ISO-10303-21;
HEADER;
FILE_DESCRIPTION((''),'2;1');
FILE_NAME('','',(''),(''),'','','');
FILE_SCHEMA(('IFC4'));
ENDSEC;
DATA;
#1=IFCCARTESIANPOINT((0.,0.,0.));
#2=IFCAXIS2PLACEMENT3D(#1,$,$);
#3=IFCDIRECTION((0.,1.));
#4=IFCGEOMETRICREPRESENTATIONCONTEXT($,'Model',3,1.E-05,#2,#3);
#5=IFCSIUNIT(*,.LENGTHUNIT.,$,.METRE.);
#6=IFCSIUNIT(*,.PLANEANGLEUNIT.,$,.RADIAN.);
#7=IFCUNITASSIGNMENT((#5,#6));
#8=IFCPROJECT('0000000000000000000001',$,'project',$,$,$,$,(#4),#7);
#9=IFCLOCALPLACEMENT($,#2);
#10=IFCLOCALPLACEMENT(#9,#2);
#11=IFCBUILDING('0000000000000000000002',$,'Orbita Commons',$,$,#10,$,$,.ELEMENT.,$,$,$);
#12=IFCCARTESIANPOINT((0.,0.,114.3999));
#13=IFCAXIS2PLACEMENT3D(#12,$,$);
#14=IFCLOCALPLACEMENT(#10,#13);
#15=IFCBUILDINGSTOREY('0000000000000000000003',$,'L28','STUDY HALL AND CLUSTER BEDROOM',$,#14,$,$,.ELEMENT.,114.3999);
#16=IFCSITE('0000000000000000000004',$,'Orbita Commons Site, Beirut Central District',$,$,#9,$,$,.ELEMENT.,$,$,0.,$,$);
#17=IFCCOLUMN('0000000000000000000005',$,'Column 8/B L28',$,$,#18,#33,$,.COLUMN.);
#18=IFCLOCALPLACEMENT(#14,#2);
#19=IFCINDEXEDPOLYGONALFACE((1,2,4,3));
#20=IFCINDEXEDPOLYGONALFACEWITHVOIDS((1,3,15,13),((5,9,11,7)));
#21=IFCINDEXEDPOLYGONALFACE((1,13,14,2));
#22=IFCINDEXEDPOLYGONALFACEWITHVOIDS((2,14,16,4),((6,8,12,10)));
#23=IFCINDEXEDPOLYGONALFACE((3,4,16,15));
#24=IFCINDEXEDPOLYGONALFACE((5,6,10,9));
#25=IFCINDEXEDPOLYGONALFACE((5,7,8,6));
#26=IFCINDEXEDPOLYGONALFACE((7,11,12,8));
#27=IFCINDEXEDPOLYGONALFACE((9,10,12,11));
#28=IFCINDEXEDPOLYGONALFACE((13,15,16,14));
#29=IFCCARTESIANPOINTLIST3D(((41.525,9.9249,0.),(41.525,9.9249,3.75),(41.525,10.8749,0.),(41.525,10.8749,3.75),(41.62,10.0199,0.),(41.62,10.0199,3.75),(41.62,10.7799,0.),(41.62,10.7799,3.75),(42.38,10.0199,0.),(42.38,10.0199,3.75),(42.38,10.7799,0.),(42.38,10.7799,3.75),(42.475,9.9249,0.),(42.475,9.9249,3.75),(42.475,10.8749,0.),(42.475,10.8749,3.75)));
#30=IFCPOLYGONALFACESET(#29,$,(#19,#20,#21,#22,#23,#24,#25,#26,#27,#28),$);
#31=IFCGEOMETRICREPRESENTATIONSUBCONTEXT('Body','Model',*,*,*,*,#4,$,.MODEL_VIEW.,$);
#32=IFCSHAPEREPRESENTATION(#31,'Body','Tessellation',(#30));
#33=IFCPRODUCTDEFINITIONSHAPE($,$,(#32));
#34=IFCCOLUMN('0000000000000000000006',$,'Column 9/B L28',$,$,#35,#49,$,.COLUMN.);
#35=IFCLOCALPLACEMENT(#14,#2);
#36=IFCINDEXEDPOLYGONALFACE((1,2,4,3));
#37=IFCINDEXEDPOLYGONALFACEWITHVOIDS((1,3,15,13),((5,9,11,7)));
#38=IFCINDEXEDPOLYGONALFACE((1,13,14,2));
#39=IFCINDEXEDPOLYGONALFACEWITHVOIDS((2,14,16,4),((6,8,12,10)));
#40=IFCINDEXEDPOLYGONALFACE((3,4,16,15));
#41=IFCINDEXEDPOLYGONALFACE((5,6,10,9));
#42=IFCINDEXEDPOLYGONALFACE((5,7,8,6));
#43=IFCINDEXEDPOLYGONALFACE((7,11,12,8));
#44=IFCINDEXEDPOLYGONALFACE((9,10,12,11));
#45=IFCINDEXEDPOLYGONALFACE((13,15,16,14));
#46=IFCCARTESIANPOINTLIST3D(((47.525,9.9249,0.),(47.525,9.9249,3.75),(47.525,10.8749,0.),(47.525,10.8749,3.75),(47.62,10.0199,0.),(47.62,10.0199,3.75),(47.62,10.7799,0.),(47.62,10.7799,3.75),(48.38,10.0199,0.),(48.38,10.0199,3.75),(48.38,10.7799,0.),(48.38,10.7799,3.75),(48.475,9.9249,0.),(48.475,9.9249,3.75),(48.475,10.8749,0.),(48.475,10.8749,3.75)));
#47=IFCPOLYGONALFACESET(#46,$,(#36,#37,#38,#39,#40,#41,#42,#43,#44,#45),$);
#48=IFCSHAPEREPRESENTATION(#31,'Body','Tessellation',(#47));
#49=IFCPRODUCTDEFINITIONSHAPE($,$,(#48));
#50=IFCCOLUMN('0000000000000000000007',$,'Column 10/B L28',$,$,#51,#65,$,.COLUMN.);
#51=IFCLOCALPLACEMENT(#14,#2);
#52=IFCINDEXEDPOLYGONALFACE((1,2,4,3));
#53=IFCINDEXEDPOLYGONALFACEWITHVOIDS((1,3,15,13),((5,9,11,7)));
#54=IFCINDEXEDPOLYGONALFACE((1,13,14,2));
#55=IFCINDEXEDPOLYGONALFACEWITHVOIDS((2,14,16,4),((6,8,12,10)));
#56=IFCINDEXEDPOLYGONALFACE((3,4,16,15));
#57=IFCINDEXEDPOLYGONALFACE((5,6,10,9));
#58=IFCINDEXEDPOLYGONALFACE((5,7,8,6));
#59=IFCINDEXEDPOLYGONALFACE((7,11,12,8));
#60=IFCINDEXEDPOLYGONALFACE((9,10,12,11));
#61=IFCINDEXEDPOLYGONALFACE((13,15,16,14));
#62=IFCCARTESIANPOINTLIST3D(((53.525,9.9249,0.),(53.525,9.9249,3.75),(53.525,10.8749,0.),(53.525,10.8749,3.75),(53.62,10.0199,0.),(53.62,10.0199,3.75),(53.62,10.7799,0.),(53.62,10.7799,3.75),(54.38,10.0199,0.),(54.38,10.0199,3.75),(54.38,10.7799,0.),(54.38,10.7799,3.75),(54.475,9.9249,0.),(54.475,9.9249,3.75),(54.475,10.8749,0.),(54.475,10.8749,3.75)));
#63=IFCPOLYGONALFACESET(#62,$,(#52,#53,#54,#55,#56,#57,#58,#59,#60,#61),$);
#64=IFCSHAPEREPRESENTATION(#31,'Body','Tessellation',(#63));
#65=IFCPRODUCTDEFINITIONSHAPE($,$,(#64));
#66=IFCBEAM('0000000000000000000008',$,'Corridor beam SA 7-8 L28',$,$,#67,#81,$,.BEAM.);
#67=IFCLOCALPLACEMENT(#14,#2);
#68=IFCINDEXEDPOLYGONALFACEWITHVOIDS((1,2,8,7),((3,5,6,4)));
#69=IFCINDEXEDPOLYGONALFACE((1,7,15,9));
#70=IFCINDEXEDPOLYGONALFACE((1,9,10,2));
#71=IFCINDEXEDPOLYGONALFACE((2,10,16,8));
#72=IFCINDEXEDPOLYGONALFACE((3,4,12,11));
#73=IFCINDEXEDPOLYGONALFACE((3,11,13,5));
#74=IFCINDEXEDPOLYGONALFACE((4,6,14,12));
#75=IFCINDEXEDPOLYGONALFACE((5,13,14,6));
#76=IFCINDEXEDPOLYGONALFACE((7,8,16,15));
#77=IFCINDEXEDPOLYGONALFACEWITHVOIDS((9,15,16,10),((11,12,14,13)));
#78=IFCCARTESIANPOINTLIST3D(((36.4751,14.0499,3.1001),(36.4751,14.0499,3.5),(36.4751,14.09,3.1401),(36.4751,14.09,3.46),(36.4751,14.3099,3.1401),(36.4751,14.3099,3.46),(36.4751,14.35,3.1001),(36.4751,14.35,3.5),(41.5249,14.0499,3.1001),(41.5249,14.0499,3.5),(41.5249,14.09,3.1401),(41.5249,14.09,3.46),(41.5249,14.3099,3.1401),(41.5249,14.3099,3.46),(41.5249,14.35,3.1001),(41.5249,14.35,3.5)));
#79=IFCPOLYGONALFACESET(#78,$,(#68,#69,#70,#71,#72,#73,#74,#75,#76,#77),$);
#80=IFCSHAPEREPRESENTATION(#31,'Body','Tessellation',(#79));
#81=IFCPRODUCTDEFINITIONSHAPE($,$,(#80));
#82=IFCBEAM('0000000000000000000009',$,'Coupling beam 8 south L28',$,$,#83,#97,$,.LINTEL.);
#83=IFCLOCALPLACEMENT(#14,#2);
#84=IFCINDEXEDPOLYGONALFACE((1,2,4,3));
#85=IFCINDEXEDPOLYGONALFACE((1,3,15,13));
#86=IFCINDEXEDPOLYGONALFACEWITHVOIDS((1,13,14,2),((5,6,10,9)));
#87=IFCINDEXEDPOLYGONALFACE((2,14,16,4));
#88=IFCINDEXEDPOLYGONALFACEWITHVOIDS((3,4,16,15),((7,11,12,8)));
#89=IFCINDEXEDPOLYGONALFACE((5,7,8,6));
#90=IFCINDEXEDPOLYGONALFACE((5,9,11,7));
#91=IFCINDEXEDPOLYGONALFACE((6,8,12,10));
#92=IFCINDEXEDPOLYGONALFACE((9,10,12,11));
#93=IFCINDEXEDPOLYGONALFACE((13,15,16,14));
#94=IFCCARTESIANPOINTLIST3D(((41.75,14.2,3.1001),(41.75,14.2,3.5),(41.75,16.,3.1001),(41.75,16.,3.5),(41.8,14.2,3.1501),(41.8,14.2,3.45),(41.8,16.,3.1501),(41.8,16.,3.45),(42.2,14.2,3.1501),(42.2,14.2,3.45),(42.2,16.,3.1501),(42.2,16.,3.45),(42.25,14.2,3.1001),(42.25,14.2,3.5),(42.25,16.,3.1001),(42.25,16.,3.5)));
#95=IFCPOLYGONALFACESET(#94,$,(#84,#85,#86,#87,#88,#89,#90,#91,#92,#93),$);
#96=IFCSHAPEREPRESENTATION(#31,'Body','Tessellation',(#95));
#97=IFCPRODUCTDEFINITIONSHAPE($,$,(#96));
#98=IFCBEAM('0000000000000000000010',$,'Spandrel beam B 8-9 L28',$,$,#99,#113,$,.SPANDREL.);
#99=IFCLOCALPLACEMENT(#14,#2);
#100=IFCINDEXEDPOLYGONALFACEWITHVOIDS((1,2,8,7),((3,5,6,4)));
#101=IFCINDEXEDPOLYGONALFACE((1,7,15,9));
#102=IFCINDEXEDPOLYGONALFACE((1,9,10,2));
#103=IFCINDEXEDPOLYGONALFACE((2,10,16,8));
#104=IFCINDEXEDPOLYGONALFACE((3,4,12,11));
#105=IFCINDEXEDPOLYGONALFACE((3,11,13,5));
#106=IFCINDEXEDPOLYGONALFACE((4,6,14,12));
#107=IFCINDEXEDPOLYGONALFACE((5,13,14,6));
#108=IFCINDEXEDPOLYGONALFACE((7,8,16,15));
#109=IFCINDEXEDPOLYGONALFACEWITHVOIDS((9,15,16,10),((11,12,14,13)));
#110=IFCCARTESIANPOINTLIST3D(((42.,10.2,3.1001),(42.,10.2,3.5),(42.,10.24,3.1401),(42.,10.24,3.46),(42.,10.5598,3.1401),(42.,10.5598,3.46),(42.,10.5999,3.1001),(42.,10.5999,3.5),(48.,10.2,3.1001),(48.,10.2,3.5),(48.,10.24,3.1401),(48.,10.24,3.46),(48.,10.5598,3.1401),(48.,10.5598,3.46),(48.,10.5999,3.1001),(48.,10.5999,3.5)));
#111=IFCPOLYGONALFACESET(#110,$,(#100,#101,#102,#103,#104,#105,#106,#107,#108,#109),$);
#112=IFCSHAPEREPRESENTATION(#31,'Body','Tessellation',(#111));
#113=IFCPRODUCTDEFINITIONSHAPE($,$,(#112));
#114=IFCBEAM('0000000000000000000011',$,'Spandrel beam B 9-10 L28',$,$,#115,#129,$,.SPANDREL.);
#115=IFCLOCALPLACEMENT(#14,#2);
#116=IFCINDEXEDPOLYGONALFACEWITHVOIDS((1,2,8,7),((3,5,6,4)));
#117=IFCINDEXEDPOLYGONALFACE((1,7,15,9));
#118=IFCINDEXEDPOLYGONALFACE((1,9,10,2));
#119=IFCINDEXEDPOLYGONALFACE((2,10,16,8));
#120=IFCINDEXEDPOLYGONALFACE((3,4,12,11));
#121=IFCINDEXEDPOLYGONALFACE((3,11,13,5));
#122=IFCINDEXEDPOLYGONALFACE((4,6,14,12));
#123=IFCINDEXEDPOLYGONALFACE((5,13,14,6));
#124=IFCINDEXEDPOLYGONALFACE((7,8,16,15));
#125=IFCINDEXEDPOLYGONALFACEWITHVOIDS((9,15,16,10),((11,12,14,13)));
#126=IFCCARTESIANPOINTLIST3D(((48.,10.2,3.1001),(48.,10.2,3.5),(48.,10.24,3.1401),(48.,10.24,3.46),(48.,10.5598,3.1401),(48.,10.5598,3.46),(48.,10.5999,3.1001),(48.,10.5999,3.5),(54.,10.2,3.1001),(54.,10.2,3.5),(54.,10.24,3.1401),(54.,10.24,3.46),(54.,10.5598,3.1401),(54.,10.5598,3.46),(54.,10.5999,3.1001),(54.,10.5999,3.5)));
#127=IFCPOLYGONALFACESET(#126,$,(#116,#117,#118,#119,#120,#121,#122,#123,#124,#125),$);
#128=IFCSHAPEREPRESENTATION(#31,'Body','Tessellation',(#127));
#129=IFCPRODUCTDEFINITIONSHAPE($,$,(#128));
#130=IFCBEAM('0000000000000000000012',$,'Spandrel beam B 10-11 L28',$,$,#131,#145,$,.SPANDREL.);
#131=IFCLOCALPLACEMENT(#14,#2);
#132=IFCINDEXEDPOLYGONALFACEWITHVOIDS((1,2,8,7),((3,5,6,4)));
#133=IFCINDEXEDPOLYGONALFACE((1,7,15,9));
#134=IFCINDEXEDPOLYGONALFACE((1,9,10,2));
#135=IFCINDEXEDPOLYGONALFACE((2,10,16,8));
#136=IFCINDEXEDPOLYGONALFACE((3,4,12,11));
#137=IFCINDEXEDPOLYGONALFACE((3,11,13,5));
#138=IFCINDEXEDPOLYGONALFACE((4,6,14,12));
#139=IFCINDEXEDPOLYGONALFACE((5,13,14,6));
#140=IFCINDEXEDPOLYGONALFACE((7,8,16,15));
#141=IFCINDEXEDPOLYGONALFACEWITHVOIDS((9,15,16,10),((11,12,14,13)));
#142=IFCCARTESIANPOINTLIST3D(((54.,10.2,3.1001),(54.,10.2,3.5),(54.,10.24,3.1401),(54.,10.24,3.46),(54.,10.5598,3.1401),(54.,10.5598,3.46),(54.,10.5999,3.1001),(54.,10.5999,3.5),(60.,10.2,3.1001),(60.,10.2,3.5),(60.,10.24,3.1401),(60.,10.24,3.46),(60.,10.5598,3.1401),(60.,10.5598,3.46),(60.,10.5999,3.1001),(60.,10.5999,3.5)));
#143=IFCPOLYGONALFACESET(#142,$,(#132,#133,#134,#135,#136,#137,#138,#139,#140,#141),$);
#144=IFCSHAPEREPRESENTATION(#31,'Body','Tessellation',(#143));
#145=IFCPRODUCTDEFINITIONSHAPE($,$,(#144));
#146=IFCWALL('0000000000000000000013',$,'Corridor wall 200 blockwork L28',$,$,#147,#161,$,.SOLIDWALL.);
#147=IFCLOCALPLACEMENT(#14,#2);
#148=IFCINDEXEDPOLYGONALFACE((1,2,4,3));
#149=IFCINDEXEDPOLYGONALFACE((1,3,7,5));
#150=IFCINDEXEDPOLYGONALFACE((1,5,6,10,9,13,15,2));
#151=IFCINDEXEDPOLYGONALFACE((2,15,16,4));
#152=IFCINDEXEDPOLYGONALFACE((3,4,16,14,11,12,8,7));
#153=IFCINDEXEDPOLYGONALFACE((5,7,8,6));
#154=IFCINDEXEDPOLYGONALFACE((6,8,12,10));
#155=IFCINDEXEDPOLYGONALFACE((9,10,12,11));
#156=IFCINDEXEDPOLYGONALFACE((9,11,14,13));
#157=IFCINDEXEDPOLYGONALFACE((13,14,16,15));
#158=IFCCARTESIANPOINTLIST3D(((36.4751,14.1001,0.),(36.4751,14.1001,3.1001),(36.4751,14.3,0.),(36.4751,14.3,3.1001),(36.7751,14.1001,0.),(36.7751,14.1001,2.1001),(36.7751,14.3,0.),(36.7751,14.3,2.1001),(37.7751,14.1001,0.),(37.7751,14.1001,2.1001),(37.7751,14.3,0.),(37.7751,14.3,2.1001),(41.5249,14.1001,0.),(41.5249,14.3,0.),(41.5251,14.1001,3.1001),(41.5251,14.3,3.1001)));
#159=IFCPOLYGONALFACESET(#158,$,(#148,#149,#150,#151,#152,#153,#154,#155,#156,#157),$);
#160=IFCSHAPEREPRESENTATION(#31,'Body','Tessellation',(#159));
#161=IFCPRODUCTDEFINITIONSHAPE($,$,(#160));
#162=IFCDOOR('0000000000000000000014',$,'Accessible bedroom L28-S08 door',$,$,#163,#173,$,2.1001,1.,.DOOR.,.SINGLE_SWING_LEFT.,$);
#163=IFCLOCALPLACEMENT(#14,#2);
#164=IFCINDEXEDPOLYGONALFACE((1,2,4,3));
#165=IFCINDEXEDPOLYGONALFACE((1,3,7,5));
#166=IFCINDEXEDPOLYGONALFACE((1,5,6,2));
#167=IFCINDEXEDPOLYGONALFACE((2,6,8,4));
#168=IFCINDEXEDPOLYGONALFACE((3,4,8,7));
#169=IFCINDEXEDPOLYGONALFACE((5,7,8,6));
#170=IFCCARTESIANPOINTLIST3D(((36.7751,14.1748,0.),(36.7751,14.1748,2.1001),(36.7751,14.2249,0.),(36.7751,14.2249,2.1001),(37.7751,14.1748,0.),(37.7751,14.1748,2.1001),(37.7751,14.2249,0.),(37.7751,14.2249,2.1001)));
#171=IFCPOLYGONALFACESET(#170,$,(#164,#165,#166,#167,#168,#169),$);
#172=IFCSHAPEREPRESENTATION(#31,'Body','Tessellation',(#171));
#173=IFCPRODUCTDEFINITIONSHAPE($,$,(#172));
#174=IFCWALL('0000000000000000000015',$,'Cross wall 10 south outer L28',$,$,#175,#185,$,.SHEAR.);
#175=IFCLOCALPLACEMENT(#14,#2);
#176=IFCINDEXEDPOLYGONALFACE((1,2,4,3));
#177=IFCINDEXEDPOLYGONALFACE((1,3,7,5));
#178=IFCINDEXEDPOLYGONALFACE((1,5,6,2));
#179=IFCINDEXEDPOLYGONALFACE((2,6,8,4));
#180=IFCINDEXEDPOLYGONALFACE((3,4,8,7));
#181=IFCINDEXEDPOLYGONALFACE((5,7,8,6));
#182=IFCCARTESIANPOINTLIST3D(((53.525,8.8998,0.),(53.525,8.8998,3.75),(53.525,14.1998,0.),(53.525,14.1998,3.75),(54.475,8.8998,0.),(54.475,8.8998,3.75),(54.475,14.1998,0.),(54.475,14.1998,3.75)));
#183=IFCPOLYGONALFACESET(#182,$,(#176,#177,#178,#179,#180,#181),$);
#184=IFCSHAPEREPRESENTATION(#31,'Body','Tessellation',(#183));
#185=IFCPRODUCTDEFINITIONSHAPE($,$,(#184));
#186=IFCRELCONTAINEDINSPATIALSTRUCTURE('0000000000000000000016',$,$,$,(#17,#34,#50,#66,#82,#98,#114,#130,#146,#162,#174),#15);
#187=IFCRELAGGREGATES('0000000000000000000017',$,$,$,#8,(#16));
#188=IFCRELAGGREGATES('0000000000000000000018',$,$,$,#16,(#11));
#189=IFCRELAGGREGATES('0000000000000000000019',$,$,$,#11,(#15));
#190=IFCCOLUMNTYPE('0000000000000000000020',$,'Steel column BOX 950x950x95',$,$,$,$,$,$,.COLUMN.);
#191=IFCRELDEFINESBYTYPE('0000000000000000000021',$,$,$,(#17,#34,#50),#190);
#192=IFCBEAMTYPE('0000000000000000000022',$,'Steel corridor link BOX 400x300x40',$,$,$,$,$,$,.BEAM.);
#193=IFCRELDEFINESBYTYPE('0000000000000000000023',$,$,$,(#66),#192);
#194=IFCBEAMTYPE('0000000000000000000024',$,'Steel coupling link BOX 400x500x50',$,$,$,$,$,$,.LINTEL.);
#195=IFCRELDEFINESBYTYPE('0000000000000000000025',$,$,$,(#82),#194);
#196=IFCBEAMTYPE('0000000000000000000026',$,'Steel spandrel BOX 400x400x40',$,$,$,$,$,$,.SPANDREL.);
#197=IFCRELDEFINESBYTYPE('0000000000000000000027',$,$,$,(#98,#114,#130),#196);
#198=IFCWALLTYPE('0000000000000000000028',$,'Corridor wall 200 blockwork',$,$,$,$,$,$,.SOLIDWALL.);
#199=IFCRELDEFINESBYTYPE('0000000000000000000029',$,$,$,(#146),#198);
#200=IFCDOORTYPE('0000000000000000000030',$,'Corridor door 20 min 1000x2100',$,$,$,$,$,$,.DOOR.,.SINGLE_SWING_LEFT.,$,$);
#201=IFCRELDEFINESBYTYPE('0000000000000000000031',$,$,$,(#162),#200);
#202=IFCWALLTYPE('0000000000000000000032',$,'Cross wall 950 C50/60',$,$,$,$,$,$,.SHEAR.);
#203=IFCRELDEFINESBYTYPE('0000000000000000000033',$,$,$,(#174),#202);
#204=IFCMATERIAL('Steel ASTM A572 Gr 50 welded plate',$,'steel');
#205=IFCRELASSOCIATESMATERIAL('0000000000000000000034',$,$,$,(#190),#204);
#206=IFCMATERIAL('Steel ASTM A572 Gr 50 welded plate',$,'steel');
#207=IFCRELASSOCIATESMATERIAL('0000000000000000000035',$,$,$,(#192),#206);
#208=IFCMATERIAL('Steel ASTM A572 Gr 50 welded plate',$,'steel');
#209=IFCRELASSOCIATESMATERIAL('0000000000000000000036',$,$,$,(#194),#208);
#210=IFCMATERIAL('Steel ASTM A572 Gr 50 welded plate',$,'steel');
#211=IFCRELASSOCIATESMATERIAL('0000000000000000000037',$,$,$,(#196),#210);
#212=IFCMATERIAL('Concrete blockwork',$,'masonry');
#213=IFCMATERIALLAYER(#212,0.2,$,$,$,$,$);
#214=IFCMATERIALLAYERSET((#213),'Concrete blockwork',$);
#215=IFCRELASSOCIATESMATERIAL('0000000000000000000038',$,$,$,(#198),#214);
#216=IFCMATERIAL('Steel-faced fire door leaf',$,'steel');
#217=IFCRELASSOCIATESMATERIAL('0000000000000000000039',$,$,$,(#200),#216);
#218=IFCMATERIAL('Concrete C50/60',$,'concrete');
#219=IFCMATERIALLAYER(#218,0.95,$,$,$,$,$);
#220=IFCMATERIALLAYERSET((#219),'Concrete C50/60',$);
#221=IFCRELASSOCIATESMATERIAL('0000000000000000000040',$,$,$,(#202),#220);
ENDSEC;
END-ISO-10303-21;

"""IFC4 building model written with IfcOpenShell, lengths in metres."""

from ifc_helpers import new_model, si_unit, direction, frame, frame_2d, origin, origin_2d, place, context, subcontext, project, spatial, polyline, rectangle, hollow_rectangle, outline, extrude, material, layer, layer_set, material_profile, profile_set, type_object, element, fill, save


model = new_model("IFC4")

# Units and contexts
model_context = context("Model", 3, precision=1e-05, world=origin(), true_north=direction((0.0, 1.0)))
body_context = subcontext(model_context, "Body", "Model", "MODEL_VIEW")
ifc_project = project(units=[si_unit("LENGTHUNIT", "METRE"), si_unit("PLANEANGLEUNIT", "RADIAN")], contexts=[model_context])

# Site, building, storey
site_placement = place(None, origin())
site = spatial("IfcSite", under=ifc_project, at=site_placement, Name="Orbita Commons Site, Beirut Central District", CompositionType="ELEMENT", RefElevation=0.0)
building_placement = place(site_placement, origin())
building = spatial("IfcBuilding", under=site, at=building_placement, Name="Orbita Commons", CompositionType="ELEMENT")
storey_placement = place(building_placement, frame((0.0, 0.0, 114.3999)))
storey = spatial("IfcBuildingStorey", under=building, at=storey_placement, Name="L28", Description="STUDY HALL AND CLUSTER BEDROOM", CompositionType="ELEMENT", Elevation=114.3999)

# Columns
ifc_material_1 = material(Name="Steel ASTM A572 Gr 50 welded plate", Category="steel")
ifc_material_profile_1 = material_profile(ifc_material_1, hollow_rectangle(XDim=0.95, YDim=0.95, WallThickness=0.095, at=origin_2d()), Name="BOX 950x950x95")
ifc_profile_set_1 = profile_set([ifc_material_profile_1], Name="Steel ASTM A572 Gr 50 welded plate")
column_type = type_object("IfcColumnType", Name="Steel column BOX 950x950x95", PredefinedType="COLUMN", material=ifc_profile_set_1)
for number, where, z_axis, x_axis, name in (
    (1, (42.0, 10.3999, 0.0), (0.0, 0.0, 1.0), (1.0, 0.0, 0.0), "Column 8/B L28"),
    (2, (48.0, 10.3999, 0.0), (0.0, 0.0, 1.0), (1.0, 0.0, 0.0), "Column 9/B L28"),
    (3, (54.0, 10.3999, 0.0), (0.0, 0.0, 1.0), (1.0, 0.0, 0.0), "Column 10/B L28"),
):
    element("IfcColumn", number, at=place(storey_placement, frame(where, z_axis=z_axis, x_axis=x_axis)), inside=storey, type_object=column_type, Name=name, PredefinedType="COLUMN", context=body_context, shape_type="SweptSolid", body=[
        extrude(hollow_rectangle(XDim=0.95, YDim=0.95, WallThickness=0.095, at=origin_2d()), origin(), (0.0, 0.0, 1.0), 3.75),
    ])

# Beams
ifc_material_2 = material(Name="Steel ASTM A572 Gr 50 welded plate", Category="steel")
ifc_material_profile_2 = material_profile(ifc_material_2, hollow_rectangle(XDim=0.3, YDim=0.3999, WallThickness=0.04, at=origin_2d()), Name="BOX 400x300x40")
ifc_profile_set_2 = profile_set([ifc_material_profile_2], Name="Steel ASTM A572 Gr 50 welded plate")
beam_type_1 = type_object("IfcBeamType", Name="Steel corridor link BOX 400x300x40", PredefinedType="BEAM", material=ifc_profile_set_2)
beam_1_placement = place(storey_placement, frame((36.4751, 14.2, 3.3), z_axis=(1.0, 0.0, 0.0), x_axis=(0.0, 1.0, 0.0)))
element("IfcBeam", 4, at=beam_1_placement, inside=storey, type_object=beam_type_1, Name="Corridor beam SA 7-8 L28", PredefinedType="BEAM", context=body_context, shape_type="SweptSolid", body=[
    extrude(hollow_rectangle(XDim=0.3, YDim=0.3999, WallThickness=0.04, at=origin_2d()), origin(), (0.0, 0.0, 1.0), 5.0498),
])
ifc_material_3 = material(Name="Steel ASTM A572 Gr 50 welded plate", Category="steel")
ifc_material_profile_3 = material_profile(ifc_material_3, hollow_rectangle(XDim=0.5, YDim=0.3999, WallThickness=0.05, at=origin_2d()), Name="BOX 400x500x50")
ifc_profile_set_3 = profile_set([ifc_material_profile_3], Name="Steel ASTM A572 Gr 50 welded plate")
beam_type_2 = type_object("IfcBeamType", Name="Steel coupling link BOX 400x500x50", PredefinedType="LINTEL", material=ifc_profile_set_3)
beam_2_placement = place(storey_placement, frame((42.0, 14.2, 3.3), z_axis=(0.0, 1.0, 0.0), x_axis=(-1.0, 0.0, 0.0)))
element("IfcBeam", 5, at=beam_2_placement, inside=storey, type_object=beam_type_2, Name="Coupling beam 8 south L28", PredefinedType="LINTEL", context=body_context, shape_type="SweptSolid", body=[
    extrude(hollow_rectangle(XDim=0.5, YDim=0.3999, WallThickness=0.05, at=origin_2d()), origin(), (0.0, 0.0, 1.0), 1.8),
])
ifc_material_4 = material(Name="Steel ASTM A572 Gr 50 welded plate", Category="steel")
ifc_material_profile_4 = material_profile(ifc_material_4, hollow_rectangle(XDim=0.3999, YDim=0.3999, WallThickness=0.04, at=origin_2d()), Name="BOX 400x400x40")
ifc_profile_set_4 = profile_set([ifc_material_profile_4], Name="Steel ASTM A572 Gr 50 welded plate")
beam_type_3 = type_object("IfcBeamType", Name="Steel spandrel BOX 400x400x40", PredefinedType="SPANDREL", material=ifc_profile_set_4)
for number, where, z_axis, x_axis, name in (
    (6, (42.0, 10.3999, 3.3), (1.0, 0.0, 0.0), (0.0, 1.0, 0.0), "Spandrel beam B 8-9 L28"),
    (7, (48.0, 10.3999, 3.3), (1.0, 0.0, 0.0), (0.0, 1.0, 0.0), "Spandrel beam B 9-10 L28"),
    (8, (54.0, 10.3999, 3.3), (1.0, 0.0, 0.0), (0.0, 1.0, 0.0), "Spandrel beam B 10-11 L28"),
):
    element("IfcBeam", number, at=place(storey_placement, frame(where, z_axis=z_axis, x_axis=x_axis)), inside=storey, type_object=beam_type_3, Name=name, PredefinedType="SPANDREL", context=body_context, shape_type="SweptSolid", body=[
        extrude(hollow_rectangle(XDim=0.3999, YDim=0.3999, WallThickness=0.04, at=origin_2d()), origin(), (0.0, 0.0, 1.0), 6.0),
    ])

# Wall, opening, door
ifc_material_5 = material(Name="Concrete blockwork", Category="masonry")
ifc_layer_1 = layer(ifc_material_5, 0.2)
ifc_layer_set_1 = layer_set([ifc_layer_1], Name="Concrete blockwork")
wall_type_1 = type_object("IfcWallType", Name="Corridor wall 200 blockwork", PredefinedType="SOLIDWALL", material=ifc_layer_set_1)
wall_1_placement = place(storey_placement, frame((36.4751, 14.2, 0.0), z_axis=(0.0, 0.0, 1.0), x_axis=(1.0, 0.0, 0.0)))
wall_1 = element("IfcWall", 9, at=wall_1_placement, inside=storey, type_object=wall_type_1, Name="Corridor wall 200 blockwork L28", PredefinedType="SOLIDWALL", context=body_context, shape_type="SweptSolid", body=[
    extrude(outline(polyline([(0.0, 0.0), (5.0498, 0.0), (5.05, 3.1001), (0.0, 3.1001), (0.0, 0.0)])), frame((0.0, 0.1001, 0.0), z_axis=(0.0, -1.0, 0.0), x_axis=(1.0, 0.0, 0.0)), (0.0, 0.0, 1.0), 0.2),
])
opening_1_placement = place(wall_1_placement, frame((0.3, 0.0, 0.0)))
opening_1 = element("IfcOpeningElement", 10, at=opening_1_placement, cuts=wall_1, PredefinedType="OPENING", context=body_context, shape_type="SweptSolid", body=[
    extrude(rectangle(XDim=1.0, YDim=2.1001, at=frame_2d((0.5, 1.05))), frame((0.0, 0.1099, 0.0), z_axis=(0.0, -1.0, 0.0), x_axis=(1.0, 0.0, 0.0)), (0.0, 0.0, 1.0), 0.22),
])
ifc_material_6 = material(Name="Steel-faced fire door leaf", Category="steel")
door_type_1 = type_object("IfcDoorType", Name="Corridor door 20 min 1000x2100", OperationType="SINGLE_SWING_LEFT", PredefinedType="DOOR", material=ifc_material_6)
door_1_placement = place(opening_1_placement, origin())
door_1 = element("IfcDoor", 11, at=door_1_placement, inside=storey, type_object=door_type_1, Name="Accessible bedroom L28-S08 door", OperationType="SINGLE_SWING_LEFT", OverallHeight=2.1001, OverallWidth=1.0, PredefinedType="DOOR", context=body_context, shape_type="SweptSolid", body=[
    extrude(rectangle(XDim=1.0, YDim=2.1001, at=frame_2d((0.5, 1.05))), frame((0.0, 0.0249, 0.0), z_axis=(0.0, -1.0, 0.0), x_axis=(1.0, 0.0, 0.0)), (0.0, 0.0, 1.0), 0.05),
])
fill(opening_1, door_1)

# Wall
ifc_material_7 = material(Name="Concrete C50/60", Category="concrete")
ifc_layer_2 = layer(ifc_material_7, 0.95)
ifc_layer_set_2 = layer_set([ifc_layer_2], Name="Concrete C50/60")
wall_type_2 = type_object("IfcWallType", Name="Cross wall 950 C50/60", PredefinedType="SHEAR", material=ifc_layer_set_2)
wall_2_placement = place(storey_placement, frame((54.0, 8.8999, 0.0), z_axis=(0.0, 0.0, 1.0), x_axis=(0.0, 1.0, 0.0)))
element("IfcWall", 12, at=wall_2_placement, inside=storey, type_object=wall_type_2, Name="Cross wall 10 south outer L28", PredefinedType="SHEAR", context=body_context, shape_type="SweptSolid", body=[
    extrude(rectangle(XDim=5.3, YDim=0.95, at=frame_2d((2.6499, 0.0))), origin(), (0.0, 0.0, 1.0), 3.75),
])

save(model, "model.ifc")
